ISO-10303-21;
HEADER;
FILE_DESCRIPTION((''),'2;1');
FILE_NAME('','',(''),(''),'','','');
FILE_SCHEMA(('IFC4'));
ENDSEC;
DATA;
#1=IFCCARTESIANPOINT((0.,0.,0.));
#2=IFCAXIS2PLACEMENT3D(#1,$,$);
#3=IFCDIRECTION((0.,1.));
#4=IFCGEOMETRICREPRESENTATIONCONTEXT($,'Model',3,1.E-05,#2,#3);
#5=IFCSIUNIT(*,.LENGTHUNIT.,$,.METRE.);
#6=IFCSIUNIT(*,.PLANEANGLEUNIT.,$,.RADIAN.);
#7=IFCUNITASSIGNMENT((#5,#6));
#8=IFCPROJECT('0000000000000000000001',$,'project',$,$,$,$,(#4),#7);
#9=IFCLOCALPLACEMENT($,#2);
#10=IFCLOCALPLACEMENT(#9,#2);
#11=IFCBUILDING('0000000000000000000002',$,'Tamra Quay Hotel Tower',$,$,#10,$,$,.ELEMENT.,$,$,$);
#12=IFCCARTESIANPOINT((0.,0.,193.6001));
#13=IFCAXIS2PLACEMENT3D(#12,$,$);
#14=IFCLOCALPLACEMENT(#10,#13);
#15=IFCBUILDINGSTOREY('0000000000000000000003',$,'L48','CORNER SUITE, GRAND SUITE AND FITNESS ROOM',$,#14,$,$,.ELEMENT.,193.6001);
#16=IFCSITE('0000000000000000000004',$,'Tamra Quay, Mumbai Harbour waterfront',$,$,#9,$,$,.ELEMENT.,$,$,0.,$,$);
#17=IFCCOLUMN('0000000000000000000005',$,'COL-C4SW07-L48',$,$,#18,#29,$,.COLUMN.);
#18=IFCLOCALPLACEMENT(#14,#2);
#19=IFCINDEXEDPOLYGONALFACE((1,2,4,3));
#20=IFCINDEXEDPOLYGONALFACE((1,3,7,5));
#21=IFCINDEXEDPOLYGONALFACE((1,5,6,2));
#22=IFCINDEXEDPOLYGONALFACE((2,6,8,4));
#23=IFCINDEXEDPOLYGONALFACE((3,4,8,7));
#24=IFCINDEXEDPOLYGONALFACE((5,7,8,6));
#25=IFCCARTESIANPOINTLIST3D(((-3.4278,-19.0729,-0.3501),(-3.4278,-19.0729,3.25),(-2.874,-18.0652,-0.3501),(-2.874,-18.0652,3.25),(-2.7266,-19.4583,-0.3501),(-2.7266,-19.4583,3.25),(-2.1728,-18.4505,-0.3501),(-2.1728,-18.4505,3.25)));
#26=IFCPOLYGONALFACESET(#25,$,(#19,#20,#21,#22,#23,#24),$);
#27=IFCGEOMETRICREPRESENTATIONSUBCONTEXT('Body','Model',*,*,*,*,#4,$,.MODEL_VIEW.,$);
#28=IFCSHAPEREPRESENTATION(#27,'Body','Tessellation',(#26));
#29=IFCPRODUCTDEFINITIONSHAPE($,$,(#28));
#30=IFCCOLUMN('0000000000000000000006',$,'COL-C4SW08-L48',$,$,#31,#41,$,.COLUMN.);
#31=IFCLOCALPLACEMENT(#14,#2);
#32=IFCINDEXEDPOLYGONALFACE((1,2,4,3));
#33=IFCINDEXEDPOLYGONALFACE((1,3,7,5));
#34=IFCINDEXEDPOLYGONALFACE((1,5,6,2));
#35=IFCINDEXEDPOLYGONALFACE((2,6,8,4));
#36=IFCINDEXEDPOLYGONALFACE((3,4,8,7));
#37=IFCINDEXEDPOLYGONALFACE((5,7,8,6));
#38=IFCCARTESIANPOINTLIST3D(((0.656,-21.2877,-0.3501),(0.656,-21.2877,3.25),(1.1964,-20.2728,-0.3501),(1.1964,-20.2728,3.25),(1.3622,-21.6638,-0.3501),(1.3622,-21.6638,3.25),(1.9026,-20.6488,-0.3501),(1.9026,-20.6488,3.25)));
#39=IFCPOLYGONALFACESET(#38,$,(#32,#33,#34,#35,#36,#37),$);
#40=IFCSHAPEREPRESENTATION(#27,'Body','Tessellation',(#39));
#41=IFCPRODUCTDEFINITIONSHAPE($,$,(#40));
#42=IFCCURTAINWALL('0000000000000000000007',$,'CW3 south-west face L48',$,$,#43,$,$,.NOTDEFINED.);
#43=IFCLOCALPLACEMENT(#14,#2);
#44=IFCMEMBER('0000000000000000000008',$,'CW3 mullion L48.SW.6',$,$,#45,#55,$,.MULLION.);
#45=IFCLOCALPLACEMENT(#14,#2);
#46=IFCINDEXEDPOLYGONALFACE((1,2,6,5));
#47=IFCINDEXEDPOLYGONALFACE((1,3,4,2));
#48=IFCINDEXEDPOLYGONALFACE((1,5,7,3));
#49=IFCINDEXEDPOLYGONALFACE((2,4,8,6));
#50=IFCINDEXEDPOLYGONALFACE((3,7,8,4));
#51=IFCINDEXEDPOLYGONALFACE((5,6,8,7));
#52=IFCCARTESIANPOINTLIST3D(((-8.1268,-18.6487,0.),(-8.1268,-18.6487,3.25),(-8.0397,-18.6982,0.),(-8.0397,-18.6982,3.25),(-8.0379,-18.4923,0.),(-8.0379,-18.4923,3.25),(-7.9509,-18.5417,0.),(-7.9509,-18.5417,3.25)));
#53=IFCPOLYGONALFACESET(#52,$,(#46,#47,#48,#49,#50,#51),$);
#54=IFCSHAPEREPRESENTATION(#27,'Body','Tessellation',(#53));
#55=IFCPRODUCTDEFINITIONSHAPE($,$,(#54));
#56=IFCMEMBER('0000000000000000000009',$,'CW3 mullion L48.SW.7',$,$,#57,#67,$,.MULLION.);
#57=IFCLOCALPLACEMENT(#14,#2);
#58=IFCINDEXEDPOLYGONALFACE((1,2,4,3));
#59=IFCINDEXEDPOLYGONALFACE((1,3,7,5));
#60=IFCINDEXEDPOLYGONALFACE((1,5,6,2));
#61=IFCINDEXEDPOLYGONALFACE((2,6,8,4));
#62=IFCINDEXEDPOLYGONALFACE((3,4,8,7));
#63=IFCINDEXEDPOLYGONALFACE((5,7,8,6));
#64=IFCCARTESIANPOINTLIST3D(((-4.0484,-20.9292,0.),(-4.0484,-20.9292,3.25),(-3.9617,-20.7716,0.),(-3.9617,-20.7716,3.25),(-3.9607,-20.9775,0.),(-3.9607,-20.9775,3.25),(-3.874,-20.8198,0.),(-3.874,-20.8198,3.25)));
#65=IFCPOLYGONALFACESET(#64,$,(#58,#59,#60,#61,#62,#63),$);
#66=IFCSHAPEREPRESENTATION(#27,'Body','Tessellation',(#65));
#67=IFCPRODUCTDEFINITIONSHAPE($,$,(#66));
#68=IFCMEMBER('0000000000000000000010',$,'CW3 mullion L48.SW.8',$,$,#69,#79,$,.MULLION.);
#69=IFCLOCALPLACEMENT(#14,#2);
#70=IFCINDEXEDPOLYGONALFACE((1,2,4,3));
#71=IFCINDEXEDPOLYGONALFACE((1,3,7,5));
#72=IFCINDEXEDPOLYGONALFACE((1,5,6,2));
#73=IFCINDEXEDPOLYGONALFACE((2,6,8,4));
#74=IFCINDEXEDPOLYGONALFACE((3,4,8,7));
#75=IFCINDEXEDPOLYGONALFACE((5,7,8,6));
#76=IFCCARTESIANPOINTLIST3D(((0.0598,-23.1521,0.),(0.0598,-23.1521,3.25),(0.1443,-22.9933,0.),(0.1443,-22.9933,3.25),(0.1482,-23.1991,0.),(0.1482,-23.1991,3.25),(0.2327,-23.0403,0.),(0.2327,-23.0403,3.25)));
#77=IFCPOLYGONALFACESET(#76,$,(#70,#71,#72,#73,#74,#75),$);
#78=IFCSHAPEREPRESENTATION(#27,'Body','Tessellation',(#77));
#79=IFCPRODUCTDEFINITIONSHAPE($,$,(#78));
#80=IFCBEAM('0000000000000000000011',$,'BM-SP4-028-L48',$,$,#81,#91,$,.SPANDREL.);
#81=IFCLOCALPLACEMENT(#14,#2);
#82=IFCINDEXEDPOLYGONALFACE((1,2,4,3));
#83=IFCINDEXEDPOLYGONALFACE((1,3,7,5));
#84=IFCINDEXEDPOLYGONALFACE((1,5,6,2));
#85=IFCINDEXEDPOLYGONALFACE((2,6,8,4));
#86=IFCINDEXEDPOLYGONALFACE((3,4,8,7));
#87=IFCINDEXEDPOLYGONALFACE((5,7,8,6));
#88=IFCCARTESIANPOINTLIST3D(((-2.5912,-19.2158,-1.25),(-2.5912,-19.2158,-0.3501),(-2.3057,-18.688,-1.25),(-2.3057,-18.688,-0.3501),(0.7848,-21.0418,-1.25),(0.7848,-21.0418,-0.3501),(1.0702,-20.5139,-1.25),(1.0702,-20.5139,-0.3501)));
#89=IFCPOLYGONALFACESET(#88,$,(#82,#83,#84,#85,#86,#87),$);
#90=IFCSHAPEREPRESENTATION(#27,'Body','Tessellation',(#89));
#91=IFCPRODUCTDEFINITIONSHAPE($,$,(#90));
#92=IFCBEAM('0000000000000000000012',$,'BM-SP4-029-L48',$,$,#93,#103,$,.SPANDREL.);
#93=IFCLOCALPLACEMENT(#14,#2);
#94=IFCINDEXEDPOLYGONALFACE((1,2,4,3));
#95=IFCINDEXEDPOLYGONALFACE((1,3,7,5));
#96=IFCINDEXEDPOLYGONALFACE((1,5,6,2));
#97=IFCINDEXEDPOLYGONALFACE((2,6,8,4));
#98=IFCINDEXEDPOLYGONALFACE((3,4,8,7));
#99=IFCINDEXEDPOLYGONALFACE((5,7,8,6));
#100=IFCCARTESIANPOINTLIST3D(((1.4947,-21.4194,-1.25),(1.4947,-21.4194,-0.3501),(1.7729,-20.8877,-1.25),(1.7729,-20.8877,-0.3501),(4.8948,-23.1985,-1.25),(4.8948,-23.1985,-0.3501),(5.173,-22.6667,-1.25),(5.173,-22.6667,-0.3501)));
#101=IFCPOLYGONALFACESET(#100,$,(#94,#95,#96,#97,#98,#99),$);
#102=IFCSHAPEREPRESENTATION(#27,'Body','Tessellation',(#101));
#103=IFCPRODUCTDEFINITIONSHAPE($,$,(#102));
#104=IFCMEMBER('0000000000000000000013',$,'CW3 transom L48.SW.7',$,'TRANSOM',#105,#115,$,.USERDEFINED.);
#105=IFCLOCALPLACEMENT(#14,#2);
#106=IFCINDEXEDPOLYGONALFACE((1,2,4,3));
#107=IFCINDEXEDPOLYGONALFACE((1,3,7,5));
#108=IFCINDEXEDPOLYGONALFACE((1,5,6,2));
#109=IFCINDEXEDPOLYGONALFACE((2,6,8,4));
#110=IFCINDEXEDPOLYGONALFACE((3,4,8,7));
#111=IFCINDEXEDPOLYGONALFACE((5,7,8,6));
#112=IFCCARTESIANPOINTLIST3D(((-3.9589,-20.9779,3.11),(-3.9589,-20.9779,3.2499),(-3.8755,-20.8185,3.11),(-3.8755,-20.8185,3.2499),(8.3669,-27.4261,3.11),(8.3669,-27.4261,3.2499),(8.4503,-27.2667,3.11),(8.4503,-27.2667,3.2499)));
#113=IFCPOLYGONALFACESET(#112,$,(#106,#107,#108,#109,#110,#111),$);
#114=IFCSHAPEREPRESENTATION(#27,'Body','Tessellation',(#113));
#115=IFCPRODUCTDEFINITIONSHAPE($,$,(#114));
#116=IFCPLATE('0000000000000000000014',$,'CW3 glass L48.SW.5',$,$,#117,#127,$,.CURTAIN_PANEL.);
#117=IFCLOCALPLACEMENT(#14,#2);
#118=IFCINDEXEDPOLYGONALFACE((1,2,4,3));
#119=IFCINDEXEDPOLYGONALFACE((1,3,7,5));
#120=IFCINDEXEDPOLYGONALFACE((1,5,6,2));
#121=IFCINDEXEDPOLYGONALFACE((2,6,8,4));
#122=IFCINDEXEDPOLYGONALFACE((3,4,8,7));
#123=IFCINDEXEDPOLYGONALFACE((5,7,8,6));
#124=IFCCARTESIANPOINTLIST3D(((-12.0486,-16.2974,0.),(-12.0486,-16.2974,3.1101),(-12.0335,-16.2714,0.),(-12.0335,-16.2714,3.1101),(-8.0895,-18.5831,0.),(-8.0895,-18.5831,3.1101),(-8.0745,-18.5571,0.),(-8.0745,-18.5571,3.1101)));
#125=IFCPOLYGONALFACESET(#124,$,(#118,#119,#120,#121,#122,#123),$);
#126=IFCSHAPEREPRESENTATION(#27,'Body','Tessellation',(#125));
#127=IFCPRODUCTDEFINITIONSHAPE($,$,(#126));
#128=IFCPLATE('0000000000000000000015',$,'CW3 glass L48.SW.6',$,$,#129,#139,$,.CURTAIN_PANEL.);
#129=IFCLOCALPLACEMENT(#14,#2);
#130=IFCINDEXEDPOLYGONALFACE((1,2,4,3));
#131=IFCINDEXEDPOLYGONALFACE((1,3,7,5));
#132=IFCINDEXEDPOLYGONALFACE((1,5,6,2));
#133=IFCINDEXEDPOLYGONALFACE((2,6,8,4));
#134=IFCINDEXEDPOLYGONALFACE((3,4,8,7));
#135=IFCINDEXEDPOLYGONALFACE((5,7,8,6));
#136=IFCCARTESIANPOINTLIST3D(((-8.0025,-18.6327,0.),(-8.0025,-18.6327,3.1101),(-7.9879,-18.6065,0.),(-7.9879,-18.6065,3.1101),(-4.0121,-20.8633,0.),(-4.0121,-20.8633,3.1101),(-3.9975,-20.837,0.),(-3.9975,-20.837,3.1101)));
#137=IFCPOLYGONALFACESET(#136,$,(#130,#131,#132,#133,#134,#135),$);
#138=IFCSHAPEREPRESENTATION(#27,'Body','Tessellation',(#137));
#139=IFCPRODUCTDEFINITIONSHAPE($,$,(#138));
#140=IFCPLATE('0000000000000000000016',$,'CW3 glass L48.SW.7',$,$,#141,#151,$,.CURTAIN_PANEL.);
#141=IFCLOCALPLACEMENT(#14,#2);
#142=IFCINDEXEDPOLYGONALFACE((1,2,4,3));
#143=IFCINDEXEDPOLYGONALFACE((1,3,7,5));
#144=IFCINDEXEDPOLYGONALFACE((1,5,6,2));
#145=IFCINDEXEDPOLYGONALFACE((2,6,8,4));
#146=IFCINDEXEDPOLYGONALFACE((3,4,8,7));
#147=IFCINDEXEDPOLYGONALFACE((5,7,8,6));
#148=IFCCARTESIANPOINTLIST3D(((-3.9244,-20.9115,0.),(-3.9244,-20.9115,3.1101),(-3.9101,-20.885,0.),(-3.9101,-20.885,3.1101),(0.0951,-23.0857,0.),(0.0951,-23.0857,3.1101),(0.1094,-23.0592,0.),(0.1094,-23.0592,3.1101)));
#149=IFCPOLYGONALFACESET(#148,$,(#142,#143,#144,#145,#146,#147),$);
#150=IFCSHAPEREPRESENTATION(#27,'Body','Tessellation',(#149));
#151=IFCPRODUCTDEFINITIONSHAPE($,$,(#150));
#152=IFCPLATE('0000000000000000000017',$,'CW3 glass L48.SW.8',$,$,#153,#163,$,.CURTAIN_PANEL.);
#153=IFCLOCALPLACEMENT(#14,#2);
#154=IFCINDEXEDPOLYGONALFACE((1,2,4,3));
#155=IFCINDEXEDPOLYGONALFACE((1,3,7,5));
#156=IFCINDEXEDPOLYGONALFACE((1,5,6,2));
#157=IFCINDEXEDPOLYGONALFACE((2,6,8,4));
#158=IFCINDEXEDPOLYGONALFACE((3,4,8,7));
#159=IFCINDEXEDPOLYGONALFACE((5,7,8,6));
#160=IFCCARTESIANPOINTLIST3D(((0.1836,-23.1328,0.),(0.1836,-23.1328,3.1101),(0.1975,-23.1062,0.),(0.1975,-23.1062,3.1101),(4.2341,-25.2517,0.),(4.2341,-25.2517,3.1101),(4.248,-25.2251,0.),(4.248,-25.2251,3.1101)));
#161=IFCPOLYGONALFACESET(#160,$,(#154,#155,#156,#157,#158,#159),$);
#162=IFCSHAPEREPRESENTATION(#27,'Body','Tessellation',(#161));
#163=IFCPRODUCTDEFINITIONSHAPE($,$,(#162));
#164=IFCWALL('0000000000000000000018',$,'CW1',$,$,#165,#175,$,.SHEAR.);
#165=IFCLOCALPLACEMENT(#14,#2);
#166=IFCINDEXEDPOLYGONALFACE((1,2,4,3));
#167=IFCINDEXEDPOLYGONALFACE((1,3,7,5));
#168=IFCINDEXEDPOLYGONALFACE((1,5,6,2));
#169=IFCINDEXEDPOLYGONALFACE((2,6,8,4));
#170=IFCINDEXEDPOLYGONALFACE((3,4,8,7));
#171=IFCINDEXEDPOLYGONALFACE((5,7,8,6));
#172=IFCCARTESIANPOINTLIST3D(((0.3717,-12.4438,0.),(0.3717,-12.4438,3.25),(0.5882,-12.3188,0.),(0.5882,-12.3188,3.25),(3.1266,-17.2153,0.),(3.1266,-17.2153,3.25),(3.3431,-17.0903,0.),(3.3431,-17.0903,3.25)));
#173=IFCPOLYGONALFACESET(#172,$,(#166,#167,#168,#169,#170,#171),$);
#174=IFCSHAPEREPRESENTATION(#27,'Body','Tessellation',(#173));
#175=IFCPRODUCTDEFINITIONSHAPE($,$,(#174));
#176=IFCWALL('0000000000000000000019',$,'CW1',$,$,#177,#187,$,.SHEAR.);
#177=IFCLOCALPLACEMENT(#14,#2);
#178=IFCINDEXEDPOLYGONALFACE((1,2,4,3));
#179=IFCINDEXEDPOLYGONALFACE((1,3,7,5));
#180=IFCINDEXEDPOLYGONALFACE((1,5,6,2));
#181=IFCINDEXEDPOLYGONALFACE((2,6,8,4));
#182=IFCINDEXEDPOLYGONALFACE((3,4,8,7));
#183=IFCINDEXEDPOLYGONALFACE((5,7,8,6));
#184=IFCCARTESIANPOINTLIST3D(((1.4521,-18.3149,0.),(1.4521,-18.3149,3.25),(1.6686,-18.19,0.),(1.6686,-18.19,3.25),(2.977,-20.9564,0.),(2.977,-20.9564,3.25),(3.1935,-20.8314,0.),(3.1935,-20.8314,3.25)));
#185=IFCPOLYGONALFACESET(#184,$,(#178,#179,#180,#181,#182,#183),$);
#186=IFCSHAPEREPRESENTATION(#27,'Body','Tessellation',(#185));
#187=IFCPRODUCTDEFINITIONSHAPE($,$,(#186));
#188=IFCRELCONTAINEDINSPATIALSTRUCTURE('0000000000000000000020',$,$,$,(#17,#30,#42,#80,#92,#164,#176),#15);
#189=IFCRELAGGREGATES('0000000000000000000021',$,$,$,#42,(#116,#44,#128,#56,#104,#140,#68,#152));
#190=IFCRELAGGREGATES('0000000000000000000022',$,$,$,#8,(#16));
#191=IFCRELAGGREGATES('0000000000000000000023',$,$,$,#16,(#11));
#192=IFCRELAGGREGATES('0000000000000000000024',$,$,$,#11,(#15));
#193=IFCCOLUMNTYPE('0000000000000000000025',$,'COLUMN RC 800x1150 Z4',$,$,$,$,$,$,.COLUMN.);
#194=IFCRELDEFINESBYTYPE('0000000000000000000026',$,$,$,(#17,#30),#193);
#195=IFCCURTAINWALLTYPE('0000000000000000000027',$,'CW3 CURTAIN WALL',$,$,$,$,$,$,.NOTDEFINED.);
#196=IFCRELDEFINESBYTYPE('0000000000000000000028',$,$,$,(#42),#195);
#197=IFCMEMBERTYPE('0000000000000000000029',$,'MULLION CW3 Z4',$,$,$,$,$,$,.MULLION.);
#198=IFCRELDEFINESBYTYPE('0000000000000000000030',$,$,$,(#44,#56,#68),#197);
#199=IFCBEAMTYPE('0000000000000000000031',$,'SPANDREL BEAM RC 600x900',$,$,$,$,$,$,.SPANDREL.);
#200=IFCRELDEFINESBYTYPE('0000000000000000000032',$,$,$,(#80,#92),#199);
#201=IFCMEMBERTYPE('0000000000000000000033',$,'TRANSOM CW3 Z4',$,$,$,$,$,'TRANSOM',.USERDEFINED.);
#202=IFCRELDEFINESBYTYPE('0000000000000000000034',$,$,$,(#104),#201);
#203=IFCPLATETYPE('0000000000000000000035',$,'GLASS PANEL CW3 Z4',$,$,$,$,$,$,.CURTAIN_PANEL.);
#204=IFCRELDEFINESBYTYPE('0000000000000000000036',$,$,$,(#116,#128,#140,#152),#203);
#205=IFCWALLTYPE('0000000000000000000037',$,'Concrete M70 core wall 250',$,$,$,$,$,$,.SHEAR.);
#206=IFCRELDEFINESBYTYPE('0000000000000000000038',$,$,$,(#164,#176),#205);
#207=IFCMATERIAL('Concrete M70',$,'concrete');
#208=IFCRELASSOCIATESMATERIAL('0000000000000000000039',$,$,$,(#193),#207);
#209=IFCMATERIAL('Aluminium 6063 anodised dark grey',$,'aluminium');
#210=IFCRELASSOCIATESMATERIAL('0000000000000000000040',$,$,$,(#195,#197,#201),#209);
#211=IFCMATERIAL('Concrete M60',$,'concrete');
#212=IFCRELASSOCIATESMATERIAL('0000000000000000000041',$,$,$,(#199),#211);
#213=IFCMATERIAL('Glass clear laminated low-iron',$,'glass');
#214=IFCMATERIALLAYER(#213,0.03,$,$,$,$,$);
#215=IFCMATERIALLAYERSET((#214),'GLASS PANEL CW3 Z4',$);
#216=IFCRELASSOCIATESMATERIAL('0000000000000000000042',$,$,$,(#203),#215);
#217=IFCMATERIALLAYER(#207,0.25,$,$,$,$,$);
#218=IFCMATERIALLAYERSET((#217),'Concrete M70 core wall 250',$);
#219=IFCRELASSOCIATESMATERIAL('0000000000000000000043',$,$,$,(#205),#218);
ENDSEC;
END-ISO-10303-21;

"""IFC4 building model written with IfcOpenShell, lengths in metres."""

from ifc_helpers import new_model, si_unit, direction, frame, frame_2d, origin, origin_2d, place, context, subcontext, project, spatial, rectangle, extrude, material, layer, layer_set, material_profile, profile_set, type_object, element, aggregate, save


model = new_model("IFC4")

# Units and contexts
model_context = context("Model", 3, precision=1e-05, world=origin(), true_north=direction((0.0, 1.0)))
body_context = subcontext(model_context, "Body", "Model", "MODEL_VIEW")
ifc_project = project(units=[si_unit("LENGTHUNIT", "METRE"), si_unit("PLANEANGLEUNIT", "RADIAN")], contexts=[model_context])

# Site, building, storey
site_placement = place(None, origin())
site = spatial("IfcSite", under=ifc_project, at=site_placement, Name="Tamra Quay, Mumbai Harbour waterfront", CompositionType="ELEMENT", RefElevation=0.0)
building_placement = place(site_placement, origin())
building = spatial("IfcBuilding", under=site, at=building_placement, Name="Tamra Quay Hotel Tower", CompositionType="ELEMENT")
storey_placement = place(building_placement, frame((0.0, 0.0, 193.6001)))
storey = spatial("IfcBuildingStorey", under=building, at=storey_placement, Name="L48", Description="CORNER SUITE, GRAND SUITE AND FITNESS ROOM", CompositionType="ELEMENT", Elevation=193.6001)

# Columns
ifc_material_1 = material(Name="Concrete M70", Category="concrete")
ifc_material_profile_1 = material_profile(ifc_material_1, rectangle(XDim=1.1499, YDim=0.8, at=origin_2d()), Name="COLUMN RC 800x1150 Z4")
ifc_profile_set_1 = profile_set([ifc_material_profile_1], Name="Concrete M70")
column_type = type_object("IfcColumnType", Name="COLUMN RC 800x1150 Z4", PredefinedType="COLUMN", material=ifc_profile_set_1)
for number, where, z_axis, x_axis, name in (
    (1, (-2.8003, -18.7617, -0.3501), (0.0, 0.0, 1.0), (0.481602, 0.87639, 0.0), "COL-C4SW07-L48"),
    (2, (1.2793, -20.9683, -0.3501), (0.0, 0.0, 1.0), (0.470002, 0.882666, 0.0), "COL-C4SW08-L48"),
):
    element("IfcColumn", number, at=place(storey_placement, frame(where, z_axis=z_axis, x_axis=x_axis)), inside=storey, type_object=column_type, Name=name, PredefinedType="COLUMN", context=body_context, shape_type="SweptSolid", body=[
        extrude(rectangle(XDim=1.1499, YDim=0.8, at=origin_2d()), origin(), (0.0, 0.0, 1.0), 3.6001),
    ])

# Curtain wall, members
ifc_material_2 = material(Name="Aluminium 6063 anodised dark grey", Category="aluminium")
curtain_wall_type = type_object("IfcCurtainWallType", Name="CW3 CURTAIN WALL", PredefinedType="NOTDEFINED", material=ifc_material_2)
curtain_wall_placement = place(storey_placement, origin())
curtain_wall = element("IfcCurtainWall", 3, at=curtain_wall_placement, inside=storey, type_object=curtain_wall_type, Name="CW3 south-west face L48", PredefinedType="NOTDEFINED")
ifc_material_profile_2 = material_profile(ifc_material_2, rectangle(XDim=0.1799, YDim=0.1001, at=origin_2d()), Name="MULLION 100X180")
ifc_profile_set_2 = profile_set([ifc_material_profile_2], Name="Aluminium 6063 anodised dark grey")
member_type_1 = type_object("IfcMemberType", Name="MULLION CW3 Z4", PredefinedType="MULLION", material=ifc_profile_set_2)
member_1_placement = place(storey_placement, frame((-8.0388, -18.5952, 0.0), z_axis=(0.0, 0.0, 1.0), x_axis=(-0.493975, -0.869476, 0.0)))
member_1 = element("IfcMember", 4, at=member_1_placement, type_object=member_type_1, Name="CW3 mullion L48.SW.6", PredefinedType="MULLION", context=body_context, shape_type="SweptSolid", body=[
    extrude(rectangle(XDim=0.1799, YDim=0.1001, at=origin_2d()), origin(), (0.0, 0.0, 1.0), 3.25),
])
member_2_placement = place(storey_placement, frame((-3.9612, -20.8745, 0.0), z_axis=(0.0, 0.0, 1.0), x_axis=(-0.481861, -0.876248, 0.0)))
member_2 = element("IfcMember", 5, at=member_2_placement, type_object=member_type_1, Name="CW3 mullion L48.SW.7", PredefinedType="MULLION", context=body_context, shape_type="SweptSolid", body=[
    extrude(rectangle(XDim=0.1799, YDim=0.1001, at=origin_2d()), origin(), (0.0, 0.0, 1.0), 3.25),
])
member_3_placement = place(storey_placement, frame((0.1462, -23.0962, 0.0), z_axis=(0.0, 0.0, 1.0), x_axis=(-0.469668, -0.882843, 0.0)))
member_3 = element("IfcMember", 6, at=member_3_placement, type_object=member_type_1, Name="CW3 mullion L48.SW.8", PredefinedType="MULLION", context=body_context, shape_type="SweptSolid", body=[
    extrude(rectangle(XDim=0.1799, YDim=0.1001, at=origin_2d()), origin(), (0.0, 0.0, 1.0), 3.25),
])

# Beams
ifc_material_3 = material(Name="Concrete M60", Category="concrete")
ifc_material_profile_3 = material_profile(ifc_material_3, rectangle(XDim=0.6001, YDim=0.8999, at=origin_2d()), Name="SPANDREL BEAM RC 600x900")
ifc_profile_set_3 = profile_set([ifc_material_profile_3], Name="Concrete M60")
beam_type = type_object("IfcBeamType", Name="SPANDREL BEAM RC 600x900", PredefinedType="SPANDREL", material=ifc_profile_set_3)
beam_1_placement = place(storey_placement, frame((-2.4485, -18.9519, -0.8), z_axis=(0.879589, -0.475734, 0.0), x_axis=(0.475734, 0.879589, 0.0)))
element("IfcBeam", 7, at=beam_1_placement, inside=storey, type_object=beam_type, Name="BM-SP4-028-L48", PredefinedType="SPANDREL", context=body_context, shape_type="SweptSolid", body=[
    extrude(rectangle(XDim=0.6001, YDim=0.8999, at=origin_2d()), origin(), (0.0, 0.0, 1.0), 3.8381),
])
beam_2_placement = place(storey_placement, frame((1.6338, -21.1536, -0.8), z_axis=(0.886043, -0.463603, 0.0), x_axis=(0.463603, 0.886043, 0.0)))
element("IfcBeam", 8, at=beam_2_placement, inside=storey, type_object=beam_type, Name="BM-SP4-029-L48", PredefinedType="SPANDREL", context=body_context, shape_type="SweptSolid", body=[
    extrude(rectangle(XDim=0.6001, YDim=0.8999, at=origin_2d()), origin(), (0.0, 0.0, 1.0), 3.8374),
])

# Member
ifc_material_profile_4 = material_profile(ifc_material_2, rectangle(XDim=0.1799, YDim=0.1399, at=origin_2d()), Name="TRANSOM 180X140")
ifc_profile_set_4 = profile_set([ifc_material_profile_4], Name="Aluminium 6063 anodised dark grey")
member_type_2 = type_object("IfcMemberType", Name="TRANSOM CW3 Z4", ElementType="TRANSOM", PredefinedType="USERDEFINED", material=ifc_profile_set_4)
member_4_placement = place(storey_placement, frame((-3.9172, -20.8982, 3.1799), z_axis=(0.886074, -0.463545, 0.0), x_axis=(0.463545, 0.886074, 0.0)))
member_4 = element("IfcMember", 9, at=member_4_placement, type_object=member_type_2, Name="CW3 transom L48.SW.7", ObjectType="TRANSOM", PredefinedType="USERDEFINED", context=body_context, shape_type="SweptSolid", body=[
    extrude(rectangle(XDim=0.1799, YDim=0.1399, at=origin_2d()), origin(), (0.0, 0.0, 1.0), 13.9106),
])

# Plates
ifc_material_4 = material(Name="Glass clear laminated low-iron", Category="glass")
ifc_layer_1 = layer(ifc_material_4, 0.03)
ifc_layer_set_1 = layer_set([ifc_layer_1], Name="GLASS PANEL CW3 Z4")
plate_type = type_object("IfcPlateType", Name="GLASS PANEL CW3 Z4", PredefinedType="CURTAIN_PANEL", material=ifc_layer_set_1)
plate_1_placement = place(storey_placement, frame((-10.0615, -17.4272, 0.0), z_axis=(0.0, 0.0, 1.0), x_axis=(0.866025, -0.5, 0.0)))
plate_1 = element("IfcPlate", 10, at=plate_1_placement, type_object=plate_type, Name="CW3 glass L48.SW.5", PredefinedType="CURTAIN_PANEL", context=body_context, shape_type="SweptSolid", body=[
    extrude(rectangle(XDim=4.5715, YDim=0.03, at=origin_2d()), origin(), (0.0, 0.0, 1.0), 3.1101),
])
plate_2_placement = place(storey_placement, frame((-6.0, -19.7349, 0.0), z_axis=(0.0, 0.0, 1.0), x_axis=(0.872885, -0.487926, 0.0)))
plate_2 = element("IfcPlate", 11, at=plate_2_placement, type_object=plate_type, Name="CW3 glass L48.SW.6", PredefinedType="CURTAIN_PANEL", context=body_context, shape_type="SweptSolid", body=[
    extrude(rectangle(XDim=4.5715, YDim=0.03, at=origin_2d()), origin(), (0.0, 0.0, 1.0), 3.1101),
])
plate_3_placement = place(storey_placement, frame((-1.9075, -21.9854, 0.0), z_axis=(0.0, 0.0, 1.0), x_axis=(0.879569, -0.475772, 0.0)))
plate_3 = element("IfcPlate", 12, at=plate_3_placement, type_object=plate_type, Name="CW3 glass L48.SW.7", PredefinedType="CURTAIN_PANEL", context=body_context, shape_type="SweptSolid", body=[
    extrude(rectangle(XDim=4.5698, YDim=0.03, at=origin_2d()), origin(), (0.0, 0.0, 1.0), 3.1101),
])
plate_4_placement = place(storey_placement, frame((2.2158, -24.179, 0.0), z_axis=(0.0, 0.0, 1.0), x_axis=(0.886075, -0.463541, 0.0)))
plate_4 = element("IfcPlate", 13, at=plate_4_placement, type_object=plate_type, Name="CW3 glass L48.SW.8", PredefinedType="CURTAIN_PANEL", context=body_context, shape_type="SweptSolid", body=[
    extrude(rectangle(XDim=4.5713, YDim=0.03, at=origin_2d()), origin(), (0.0, 0.0, 1.0), 3.1101),
])
aggregate(curtain_wall, [plate_1, member_1, plate_2, member_2, member_4, plate_3, member_3, plate_4])

# Walls
ifc_layer_2 = layer(ifc_material_1, 0.25)
ifc_layer_set_2 = layer_set([ifc_layer_2], Name="Concrete M70 core wall 250")
wall_type_1 = type_object("IfcWallType", Name="Concrete M70 core wall 250", PredefinedType="SHEAR", material=ifc_layer_set_2)
wall_1_placement = place(storey_placement, frame((3.2349, -17.1528, 0.0), z_axis=(0.0, 0.0, 1.0), x_axis=(-0.500009, 0.86602, 0.0)))
element("IfcWall", 14, at=wall_1_placement, inside=storey, type_object=wall_type_1, Name="CW1", PredefinedType="SHEAR", context=body_context, shape_type="SweptSolid", body=[
    extrude(rectangle(XDim=5.5098, YDim=0.25, at=frame_2d((2.7549, 0.0))), origin(), (0.0, 0.0, 1.0), 3.25),
])
wall_2_placement = place(storey_placement, frame((3.0852, -20.8938, 0.0), z_axis=(0.0, 0.0, 1.0), x_axis=(-0.499979, 0.866038, 0.0)))
element("IfcWall", 15, at=wall_2_placement, inside=storey, type_object=wall_type_1, Name="CW1", PredefinedType="SHEAR", context=body_context, shape_type="SweptSolid", body=[
    extrude(rectangle(XDim=3.05, YDim=0.25, at=frame_2d((1.5249, 0.0))), origin(), (0.0, 0.0, 1.0), 3.25),
])

save(model, "model.ifc")
